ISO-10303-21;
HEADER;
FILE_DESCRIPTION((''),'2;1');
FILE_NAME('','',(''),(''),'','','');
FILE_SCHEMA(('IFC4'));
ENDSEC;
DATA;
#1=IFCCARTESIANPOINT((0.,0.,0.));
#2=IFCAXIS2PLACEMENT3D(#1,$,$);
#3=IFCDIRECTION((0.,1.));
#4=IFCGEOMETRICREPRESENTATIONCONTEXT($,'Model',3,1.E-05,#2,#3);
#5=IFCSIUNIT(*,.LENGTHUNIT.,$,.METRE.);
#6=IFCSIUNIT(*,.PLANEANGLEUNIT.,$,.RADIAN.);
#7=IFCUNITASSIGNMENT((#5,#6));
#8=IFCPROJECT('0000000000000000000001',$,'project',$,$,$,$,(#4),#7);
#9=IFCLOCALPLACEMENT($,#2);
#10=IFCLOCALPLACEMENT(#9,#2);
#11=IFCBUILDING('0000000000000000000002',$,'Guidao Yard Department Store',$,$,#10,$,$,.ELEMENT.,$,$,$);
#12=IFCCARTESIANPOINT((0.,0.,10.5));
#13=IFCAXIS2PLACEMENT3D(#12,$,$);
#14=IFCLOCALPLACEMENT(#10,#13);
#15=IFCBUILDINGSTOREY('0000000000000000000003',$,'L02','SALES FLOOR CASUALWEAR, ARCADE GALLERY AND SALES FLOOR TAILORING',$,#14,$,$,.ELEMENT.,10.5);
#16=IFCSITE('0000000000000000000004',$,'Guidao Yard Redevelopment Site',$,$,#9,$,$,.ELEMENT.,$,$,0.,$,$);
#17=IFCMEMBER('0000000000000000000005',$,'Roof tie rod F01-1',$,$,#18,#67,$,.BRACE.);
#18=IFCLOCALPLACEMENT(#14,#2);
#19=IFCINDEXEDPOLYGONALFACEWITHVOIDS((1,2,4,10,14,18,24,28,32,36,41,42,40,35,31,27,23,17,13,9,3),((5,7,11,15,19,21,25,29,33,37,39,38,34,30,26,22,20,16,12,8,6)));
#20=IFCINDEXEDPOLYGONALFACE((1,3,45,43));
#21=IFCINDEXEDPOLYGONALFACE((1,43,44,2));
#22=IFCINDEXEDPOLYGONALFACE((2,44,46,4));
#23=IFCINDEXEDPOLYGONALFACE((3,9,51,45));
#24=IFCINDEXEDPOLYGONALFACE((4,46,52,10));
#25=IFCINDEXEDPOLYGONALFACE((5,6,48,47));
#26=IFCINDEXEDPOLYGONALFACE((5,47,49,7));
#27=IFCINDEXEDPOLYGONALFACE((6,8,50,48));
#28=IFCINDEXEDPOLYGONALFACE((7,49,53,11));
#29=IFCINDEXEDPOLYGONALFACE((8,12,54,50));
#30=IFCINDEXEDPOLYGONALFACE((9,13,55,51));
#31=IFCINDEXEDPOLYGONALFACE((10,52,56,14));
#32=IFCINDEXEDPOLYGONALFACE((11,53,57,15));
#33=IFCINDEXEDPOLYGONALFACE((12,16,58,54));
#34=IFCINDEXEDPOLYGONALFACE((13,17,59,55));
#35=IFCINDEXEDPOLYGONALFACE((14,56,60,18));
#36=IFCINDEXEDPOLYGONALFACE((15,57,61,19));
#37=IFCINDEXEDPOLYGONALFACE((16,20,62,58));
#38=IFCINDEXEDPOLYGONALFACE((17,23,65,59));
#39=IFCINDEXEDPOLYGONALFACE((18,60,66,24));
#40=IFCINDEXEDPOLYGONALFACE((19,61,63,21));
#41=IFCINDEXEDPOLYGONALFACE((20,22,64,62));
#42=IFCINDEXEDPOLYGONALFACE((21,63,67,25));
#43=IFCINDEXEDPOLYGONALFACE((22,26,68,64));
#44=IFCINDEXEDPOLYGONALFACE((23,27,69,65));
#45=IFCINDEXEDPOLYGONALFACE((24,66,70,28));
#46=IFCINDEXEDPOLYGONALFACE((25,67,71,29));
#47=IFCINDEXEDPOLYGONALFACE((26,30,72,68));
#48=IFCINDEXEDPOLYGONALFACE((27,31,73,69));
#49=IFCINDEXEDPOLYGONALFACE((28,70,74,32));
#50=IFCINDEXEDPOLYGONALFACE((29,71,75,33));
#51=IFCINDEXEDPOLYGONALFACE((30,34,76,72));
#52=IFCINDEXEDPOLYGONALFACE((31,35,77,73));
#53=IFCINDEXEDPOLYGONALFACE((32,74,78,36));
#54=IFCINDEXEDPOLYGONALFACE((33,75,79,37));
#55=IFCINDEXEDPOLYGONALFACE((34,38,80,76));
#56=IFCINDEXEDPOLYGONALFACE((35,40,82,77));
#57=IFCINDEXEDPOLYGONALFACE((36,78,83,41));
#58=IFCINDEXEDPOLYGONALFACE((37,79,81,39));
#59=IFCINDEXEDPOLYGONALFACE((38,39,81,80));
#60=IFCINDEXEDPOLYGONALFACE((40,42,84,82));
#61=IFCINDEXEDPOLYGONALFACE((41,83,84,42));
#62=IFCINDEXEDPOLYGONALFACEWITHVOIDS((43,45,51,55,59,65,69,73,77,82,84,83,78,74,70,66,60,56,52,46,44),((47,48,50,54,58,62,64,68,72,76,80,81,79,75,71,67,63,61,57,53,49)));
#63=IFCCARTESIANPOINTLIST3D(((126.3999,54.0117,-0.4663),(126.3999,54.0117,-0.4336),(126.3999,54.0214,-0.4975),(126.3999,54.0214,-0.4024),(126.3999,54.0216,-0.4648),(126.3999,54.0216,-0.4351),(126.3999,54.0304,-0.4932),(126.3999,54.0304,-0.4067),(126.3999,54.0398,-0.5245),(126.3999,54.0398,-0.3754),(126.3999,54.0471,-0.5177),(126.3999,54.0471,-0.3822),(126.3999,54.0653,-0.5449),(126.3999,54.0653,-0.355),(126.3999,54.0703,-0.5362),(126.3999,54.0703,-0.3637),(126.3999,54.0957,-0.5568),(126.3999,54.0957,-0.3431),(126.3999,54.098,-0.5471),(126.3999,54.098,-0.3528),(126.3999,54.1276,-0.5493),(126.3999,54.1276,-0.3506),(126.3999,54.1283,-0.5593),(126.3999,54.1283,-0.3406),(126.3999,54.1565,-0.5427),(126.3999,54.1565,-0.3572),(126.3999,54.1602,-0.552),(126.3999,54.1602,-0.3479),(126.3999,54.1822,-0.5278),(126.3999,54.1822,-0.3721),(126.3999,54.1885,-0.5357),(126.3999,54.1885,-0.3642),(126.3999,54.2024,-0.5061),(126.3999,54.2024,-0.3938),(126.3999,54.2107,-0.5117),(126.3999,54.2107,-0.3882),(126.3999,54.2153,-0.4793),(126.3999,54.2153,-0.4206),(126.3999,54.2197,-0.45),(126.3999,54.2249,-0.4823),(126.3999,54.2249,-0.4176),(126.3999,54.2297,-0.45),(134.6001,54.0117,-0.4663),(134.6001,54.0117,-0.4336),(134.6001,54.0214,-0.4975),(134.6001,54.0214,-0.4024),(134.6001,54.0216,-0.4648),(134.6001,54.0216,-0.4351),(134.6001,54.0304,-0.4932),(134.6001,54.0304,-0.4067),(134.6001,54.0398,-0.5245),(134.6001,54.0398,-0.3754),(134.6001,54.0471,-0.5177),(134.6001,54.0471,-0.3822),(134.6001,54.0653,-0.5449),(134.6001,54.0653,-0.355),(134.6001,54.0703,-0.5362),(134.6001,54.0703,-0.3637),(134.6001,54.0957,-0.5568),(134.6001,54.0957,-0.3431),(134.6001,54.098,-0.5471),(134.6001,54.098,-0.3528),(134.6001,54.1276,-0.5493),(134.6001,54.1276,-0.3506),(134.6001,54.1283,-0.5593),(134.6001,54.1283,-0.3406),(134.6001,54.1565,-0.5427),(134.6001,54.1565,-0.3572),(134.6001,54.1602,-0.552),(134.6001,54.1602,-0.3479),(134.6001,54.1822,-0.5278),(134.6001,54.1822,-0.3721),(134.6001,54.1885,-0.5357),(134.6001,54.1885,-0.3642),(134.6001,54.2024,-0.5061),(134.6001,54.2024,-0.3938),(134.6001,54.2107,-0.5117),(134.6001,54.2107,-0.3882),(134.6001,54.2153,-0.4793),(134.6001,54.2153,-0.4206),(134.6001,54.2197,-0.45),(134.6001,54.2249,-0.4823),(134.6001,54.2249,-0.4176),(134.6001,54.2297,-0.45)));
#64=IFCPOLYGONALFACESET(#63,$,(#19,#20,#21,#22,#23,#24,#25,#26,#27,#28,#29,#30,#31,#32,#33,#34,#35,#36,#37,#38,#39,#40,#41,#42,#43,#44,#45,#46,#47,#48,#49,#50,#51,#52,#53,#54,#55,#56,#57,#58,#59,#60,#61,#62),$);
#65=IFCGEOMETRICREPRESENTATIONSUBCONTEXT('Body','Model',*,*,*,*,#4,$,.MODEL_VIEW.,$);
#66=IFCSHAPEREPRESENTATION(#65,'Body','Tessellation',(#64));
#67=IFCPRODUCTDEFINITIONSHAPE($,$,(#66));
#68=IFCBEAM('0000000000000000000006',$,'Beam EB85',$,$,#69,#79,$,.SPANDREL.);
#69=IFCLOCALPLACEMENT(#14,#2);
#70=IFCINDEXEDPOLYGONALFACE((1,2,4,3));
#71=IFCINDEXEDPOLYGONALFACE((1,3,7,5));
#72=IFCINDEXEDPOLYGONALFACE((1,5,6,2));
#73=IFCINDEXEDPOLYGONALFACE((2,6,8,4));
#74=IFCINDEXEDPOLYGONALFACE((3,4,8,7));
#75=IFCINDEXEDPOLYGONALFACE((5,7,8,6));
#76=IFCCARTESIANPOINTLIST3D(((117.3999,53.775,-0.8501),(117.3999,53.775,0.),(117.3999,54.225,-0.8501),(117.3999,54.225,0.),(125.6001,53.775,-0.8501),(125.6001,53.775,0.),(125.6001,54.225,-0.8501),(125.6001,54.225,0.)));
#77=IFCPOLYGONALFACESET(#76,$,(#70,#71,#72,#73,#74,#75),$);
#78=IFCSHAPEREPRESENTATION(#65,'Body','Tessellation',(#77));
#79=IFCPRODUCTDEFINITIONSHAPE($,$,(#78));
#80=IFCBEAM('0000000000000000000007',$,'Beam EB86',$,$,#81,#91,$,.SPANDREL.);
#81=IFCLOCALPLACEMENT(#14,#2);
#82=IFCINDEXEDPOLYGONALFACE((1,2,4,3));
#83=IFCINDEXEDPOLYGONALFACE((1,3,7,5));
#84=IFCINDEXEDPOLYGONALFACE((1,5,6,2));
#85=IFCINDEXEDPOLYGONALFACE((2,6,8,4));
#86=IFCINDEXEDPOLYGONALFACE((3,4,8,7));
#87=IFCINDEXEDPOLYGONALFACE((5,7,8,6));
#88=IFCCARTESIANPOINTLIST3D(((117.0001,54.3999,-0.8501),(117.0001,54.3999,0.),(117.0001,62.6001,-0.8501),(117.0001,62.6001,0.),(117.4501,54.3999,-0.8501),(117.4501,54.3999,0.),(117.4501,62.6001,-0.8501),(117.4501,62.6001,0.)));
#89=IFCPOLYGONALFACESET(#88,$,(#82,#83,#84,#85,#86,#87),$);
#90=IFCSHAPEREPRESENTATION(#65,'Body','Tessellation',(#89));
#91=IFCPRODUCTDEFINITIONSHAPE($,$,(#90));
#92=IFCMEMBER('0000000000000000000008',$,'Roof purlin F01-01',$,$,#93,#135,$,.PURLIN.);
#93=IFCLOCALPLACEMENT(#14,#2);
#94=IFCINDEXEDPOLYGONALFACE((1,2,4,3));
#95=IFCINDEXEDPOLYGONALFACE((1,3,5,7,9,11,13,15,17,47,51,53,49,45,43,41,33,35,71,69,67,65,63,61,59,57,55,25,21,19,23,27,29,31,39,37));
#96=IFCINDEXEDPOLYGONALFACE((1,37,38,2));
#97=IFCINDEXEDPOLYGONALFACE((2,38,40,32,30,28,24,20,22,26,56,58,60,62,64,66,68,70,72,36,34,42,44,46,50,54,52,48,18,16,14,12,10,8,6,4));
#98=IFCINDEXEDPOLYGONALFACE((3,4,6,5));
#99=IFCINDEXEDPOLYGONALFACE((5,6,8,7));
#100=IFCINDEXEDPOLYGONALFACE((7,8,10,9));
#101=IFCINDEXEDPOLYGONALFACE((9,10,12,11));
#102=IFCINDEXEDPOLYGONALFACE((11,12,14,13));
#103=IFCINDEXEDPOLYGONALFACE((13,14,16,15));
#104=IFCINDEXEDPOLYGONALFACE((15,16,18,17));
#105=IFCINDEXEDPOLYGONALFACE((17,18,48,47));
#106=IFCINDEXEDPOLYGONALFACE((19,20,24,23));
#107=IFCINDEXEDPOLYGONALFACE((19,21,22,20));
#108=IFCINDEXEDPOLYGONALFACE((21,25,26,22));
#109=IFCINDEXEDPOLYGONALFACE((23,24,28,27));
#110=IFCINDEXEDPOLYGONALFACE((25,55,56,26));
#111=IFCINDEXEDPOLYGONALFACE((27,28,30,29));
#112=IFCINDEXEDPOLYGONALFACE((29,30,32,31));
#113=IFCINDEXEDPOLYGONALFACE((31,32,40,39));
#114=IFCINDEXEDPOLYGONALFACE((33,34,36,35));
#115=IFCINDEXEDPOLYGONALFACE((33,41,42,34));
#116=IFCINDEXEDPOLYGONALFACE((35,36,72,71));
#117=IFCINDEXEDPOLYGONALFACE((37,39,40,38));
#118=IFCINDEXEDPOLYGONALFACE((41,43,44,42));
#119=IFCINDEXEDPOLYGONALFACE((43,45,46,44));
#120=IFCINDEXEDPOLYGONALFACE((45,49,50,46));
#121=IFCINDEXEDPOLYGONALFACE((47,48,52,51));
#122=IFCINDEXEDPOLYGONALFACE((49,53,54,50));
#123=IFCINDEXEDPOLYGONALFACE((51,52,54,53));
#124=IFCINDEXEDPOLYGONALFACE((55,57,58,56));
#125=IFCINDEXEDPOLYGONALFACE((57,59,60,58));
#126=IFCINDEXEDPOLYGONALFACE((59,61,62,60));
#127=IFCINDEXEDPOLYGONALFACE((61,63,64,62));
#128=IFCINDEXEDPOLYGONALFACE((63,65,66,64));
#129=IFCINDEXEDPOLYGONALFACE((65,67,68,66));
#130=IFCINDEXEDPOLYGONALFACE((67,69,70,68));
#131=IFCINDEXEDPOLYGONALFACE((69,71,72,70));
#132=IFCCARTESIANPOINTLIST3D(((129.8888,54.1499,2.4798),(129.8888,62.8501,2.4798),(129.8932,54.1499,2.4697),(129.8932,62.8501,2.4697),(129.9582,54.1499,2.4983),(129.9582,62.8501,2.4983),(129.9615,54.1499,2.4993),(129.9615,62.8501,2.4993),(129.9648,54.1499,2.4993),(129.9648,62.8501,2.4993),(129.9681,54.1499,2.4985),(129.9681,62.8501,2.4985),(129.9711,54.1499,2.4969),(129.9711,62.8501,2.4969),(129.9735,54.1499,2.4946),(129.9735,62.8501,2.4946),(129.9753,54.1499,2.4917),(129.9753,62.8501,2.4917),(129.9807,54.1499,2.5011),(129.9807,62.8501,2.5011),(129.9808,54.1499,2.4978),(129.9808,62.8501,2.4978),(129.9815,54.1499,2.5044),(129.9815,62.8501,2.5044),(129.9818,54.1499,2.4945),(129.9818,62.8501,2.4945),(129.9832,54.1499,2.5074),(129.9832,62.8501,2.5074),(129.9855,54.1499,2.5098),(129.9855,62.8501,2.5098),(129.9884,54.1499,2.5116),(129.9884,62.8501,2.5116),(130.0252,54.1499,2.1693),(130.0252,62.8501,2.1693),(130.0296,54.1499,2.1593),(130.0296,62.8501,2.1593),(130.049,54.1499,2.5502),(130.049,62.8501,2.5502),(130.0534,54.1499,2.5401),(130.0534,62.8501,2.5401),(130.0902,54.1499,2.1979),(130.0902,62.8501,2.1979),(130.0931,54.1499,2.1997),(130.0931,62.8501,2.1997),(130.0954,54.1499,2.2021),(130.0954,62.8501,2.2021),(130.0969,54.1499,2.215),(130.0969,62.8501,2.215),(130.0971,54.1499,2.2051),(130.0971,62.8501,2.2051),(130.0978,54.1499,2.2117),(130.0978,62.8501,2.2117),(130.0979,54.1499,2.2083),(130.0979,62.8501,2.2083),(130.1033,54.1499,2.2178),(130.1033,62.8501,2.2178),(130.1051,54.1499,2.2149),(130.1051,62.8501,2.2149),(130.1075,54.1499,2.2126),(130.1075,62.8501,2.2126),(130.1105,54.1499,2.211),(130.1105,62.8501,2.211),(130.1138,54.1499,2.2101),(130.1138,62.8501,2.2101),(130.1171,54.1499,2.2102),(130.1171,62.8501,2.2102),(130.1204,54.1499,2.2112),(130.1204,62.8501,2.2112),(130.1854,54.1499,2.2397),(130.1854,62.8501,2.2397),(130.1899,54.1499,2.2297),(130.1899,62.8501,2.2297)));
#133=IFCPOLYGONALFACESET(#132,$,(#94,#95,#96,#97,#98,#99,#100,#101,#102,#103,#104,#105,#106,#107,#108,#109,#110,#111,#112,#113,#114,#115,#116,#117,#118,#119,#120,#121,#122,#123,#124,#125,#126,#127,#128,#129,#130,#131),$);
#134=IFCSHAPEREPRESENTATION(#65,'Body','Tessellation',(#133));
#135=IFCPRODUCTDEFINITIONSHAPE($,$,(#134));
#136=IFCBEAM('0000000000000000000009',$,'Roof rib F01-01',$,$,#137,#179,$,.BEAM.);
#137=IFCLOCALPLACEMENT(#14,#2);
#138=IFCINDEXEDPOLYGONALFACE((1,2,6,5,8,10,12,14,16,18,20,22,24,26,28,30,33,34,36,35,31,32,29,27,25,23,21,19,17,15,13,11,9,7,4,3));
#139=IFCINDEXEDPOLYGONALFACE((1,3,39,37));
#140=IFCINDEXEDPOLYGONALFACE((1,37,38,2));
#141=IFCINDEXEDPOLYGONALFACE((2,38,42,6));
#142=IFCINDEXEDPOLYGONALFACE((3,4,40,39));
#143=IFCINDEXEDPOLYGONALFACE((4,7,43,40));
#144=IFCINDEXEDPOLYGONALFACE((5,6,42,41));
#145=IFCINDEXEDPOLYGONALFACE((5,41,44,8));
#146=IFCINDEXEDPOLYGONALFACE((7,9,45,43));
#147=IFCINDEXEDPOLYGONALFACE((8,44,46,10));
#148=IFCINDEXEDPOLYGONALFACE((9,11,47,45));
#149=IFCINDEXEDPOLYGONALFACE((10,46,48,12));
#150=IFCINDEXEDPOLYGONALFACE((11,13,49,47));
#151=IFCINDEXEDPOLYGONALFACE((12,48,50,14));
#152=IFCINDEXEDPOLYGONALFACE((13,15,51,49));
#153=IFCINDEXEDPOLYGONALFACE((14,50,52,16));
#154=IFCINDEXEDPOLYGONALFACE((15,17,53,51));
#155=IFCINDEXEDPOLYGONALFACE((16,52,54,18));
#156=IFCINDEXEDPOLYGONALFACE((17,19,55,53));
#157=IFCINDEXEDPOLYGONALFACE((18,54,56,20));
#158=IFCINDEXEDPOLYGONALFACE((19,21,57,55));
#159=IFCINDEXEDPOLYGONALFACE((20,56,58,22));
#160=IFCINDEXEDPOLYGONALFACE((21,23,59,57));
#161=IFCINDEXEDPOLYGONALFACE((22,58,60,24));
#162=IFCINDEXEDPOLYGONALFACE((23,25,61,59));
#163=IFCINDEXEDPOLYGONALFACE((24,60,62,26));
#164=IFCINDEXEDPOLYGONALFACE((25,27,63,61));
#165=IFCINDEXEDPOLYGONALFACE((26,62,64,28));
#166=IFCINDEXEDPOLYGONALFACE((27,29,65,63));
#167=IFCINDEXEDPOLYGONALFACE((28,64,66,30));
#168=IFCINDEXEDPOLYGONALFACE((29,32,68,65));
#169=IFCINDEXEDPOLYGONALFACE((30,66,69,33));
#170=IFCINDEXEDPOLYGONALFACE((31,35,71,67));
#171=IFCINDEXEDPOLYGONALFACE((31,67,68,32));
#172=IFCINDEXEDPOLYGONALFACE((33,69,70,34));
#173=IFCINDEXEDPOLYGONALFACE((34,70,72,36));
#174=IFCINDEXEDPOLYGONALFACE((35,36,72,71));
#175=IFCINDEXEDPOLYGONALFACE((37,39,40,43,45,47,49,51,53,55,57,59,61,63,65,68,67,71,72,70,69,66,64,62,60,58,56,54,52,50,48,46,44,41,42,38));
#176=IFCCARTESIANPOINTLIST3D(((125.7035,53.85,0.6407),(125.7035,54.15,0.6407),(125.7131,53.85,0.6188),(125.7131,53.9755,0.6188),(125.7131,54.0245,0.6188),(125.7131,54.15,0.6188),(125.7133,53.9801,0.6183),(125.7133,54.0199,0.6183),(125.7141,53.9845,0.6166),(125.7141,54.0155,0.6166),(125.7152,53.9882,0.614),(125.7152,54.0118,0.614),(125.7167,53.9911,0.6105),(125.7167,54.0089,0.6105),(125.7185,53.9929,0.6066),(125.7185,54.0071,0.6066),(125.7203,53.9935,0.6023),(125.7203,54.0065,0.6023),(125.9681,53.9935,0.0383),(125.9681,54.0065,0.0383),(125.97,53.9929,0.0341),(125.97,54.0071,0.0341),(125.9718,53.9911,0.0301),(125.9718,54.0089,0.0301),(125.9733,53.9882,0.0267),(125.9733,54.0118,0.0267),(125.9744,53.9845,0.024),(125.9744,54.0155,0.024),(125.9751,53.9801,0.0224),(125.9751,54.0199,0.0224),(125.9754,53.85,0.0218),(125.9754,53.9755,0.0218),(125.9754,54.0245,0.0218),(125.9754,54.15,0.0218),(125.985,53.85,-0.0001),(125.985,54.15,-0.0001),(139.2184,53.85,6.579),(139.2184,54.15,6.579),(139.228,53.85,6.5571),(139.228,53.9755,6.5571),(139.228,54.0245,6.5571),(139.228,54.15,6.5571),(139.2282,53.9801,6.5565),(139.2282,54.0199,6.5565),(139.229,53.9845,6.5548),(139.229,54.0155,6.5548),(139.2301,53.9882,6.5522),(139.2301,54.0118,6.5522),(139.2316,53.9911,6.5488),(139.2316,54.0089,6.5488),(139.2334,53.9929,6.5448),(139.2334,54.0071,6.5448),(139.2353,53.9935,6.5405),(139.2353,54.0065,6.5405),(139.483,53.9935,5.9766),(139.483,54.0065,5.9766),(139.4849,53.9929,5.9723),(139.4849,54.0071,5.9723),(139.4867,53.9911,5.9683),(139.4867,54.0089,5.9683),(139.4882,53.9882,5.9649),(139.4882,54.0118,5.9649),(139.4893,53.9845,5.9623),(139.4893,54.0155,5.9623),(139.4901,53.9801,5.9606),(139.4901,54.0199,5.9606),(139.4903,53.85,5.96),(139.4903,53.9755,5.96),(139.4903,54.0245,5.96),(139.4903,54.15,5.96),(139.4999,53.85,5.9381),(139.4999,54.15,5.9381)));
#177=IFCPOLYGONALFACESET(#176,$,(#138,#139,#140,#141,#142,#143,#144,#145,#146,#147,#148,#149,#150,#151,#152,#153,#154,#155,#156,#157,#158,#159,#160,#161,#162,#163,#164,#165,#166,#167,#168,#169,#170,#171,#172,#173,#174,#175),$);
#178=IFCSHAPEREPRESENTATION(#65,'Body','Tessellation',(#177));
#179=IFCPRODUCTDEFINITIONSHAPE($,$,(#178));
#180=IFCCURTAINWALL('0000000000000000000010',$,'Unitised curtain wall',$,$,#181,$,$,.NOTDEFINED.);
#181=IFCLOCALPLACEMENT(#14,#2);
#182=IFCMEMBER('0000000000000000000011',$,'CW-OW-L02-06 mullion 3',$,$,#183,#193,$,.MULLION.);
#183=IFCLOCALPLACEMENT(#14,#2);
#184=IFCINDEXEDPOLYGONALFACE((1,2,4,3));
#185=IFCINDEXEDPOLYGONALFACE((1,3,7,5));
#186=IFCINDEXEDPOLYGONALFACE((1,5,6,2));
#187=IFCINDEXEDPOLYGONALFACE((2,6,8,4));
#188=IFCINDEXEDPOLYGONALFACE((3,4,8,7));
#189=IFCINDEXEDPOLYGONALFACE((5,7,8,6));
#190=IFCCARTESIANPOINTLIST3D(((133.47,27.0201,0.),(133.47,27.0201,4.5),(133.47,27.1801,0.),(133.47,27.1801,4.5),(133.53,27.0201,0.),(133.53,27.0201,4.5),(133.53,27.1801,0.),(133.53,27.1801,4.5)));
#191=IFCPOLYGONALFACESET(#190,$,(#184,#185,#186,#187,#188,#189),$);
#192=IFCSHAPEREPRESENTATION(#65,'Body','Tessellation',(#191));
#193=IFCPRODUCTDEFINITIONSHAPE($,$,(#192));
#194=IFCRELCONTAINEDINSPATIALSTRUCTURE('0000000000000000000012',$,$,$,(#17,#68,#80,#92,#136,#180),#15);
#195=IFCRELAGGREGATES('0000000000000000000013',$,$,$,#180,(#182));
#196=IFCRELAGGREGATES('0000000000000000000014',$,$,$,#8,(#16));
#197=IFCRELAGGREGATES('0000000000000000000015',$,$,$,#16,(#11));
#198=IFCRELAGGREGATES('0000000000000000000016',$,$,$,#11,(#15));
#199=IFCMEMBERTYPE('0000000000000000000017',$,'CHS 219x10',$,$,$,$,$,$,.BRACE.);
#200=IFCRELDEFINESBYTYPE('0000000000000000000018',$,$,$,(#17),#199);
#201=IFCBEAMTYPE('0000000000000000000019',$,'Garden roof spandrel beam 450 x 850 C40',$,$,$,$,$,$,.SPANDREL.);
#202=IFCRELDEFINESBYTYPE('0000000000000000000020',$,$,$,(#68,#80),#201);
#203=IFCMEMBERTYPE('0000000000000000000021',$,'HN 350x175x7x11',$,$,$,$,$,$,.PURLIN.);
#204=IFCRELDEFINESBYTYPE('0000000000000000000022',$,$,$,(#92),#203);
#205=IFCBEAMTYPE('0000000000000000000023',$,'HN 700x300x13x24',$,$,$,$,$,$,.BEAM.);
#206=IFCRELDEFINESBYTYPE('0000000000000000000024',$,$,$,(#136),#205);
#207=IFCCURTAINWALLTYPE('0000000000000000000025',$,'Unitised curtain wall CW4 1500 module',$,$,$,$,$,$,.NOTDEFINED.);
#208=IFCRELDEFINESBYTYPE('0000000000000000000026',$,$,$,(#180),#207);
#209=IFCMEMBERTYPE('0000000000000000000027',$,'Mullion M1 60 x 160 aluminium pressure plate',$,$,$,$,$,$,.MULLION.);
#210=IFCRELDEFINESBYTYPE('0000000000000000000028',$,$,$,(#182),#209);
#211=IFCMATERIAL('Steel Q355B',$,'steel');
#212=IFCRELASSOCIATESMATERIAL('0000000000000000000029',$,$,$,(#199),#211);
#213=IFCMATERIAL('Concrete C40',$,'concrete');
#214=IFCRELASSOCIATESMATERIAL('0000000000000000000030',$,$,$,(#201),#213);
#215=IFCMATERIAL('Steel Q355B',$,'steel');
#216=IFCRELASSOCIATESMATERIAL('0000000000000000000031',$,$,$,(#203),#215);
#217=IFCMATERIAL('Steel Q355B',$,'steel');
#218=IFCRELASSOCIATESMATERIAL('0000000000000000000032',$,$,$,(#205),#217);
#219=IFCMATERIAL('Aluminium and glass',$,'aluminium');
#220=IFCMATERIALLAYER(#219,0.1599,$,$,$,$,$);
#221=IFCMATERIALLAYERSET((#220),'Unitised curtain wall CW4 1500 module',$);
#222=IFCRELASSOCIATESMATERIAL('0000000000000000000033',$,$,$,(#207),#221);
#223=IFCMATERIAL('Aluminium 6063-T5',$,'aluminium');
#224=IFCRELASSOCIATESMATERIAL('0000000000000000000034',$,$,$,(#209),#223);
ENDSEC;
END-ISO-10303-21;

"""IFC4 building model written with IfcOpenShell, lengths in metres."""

from ifc_helpers import new_model, si_unit, direction, frame, origin, origin_2d, place, context, subcontext, project, spatial, rectangle, hollow_circle, i_section, extrude, material, layer, layer_set, material_profile, profile_set, type_object, element, aggregate, save


model = new_model("IFC4")

# Units and contexts
model_context = context("Model", 3, precision=1e-05, world=origin(), true_north=direction((0.0, 1.0)))
body_context = subcontext(model_context, "Body", "Model", "MODEL_VIEW")
ifc_project = project(units=[si_unit("LENGTHUNIT", "METRE"), si_unit("PLANEANGLEUNIT", "RADIAN")], contexts=[model_context])

# Site, building, storey
site_placement = place(None, origin())
site = spatial("IfcSite", under=ifc_project, at=site_placement, Name="Guidao Yard Redevelopment Site", CompositionType="ELEMENT", RefElevation=0.0)
building_placement = place(site_placement, origin())
building = spatial("IfcBuilding", under=site, at=building_placement, Name="Guidao Yard Department Store", CompositionType="ELEMENT")
storey_placement = place(building_placement, frame((0.0, 0.0, 10.5)))
storey = spatial("IfcBuildingStorey", under=building, at=storey_placement, Name="L02", Description="SALES FLOOR CASUALWEAR, ARCADE GALLERY AND SALES FLOOR TAILORING", CompositionType="ELEMENT", Elevation=10.5)

# Member
ifc_material_1 = material(Name="Steel Q355B", Category="steel")
ifc_material_profile_1 = material_profile(ifc_material_1, hollow_circle(Radius=0.1096, WallThickness=0.01, at=origin_2d()), Name="CHS 219x10")
ifc_profile_set_1 = profile_set([ifc_material_profile_1], Name="Steel Q355B")
member_type_1 = type_object("IfcMemberType", Name="CHS 219x10", PredefinedType="BRACE", material=ifc_profile_set_1)
member_1_placement = place(storey_placement, frame((126.3999, 54.1201, -0.45), z_axis=(1.0, 0.0, 0.0), x_axis=(0.0, 1.0, 0.0)))
element("IfcMember", 1, at=member_1_placement, inside=storey, type_object=member_type_1, Name="Roof tie rod F01-1", PredefinedType="BRACE", context=body_context, shape_type="SweptSolid", body=[
    extrude(hollow_circle(Radius=0.1096, WallThickness=0.01, at=origin_2d()), origin(), (0.0, 0.0, 1.0), 8.2002),
])

# Beams
ifc_material_2 = material(Name="Concrete C40", Category="concrete")
ifc_material_profile_2 = material_profile(ifc_material_2, rectangle(XDim=0.45, YDim=0.8501, at=origin_2d()), Name="Garden roof spandrel beam 450 x 850 C40")
ifc_profile_set_2 = profile_set([ifc_material_profile_2], Name="Concrete C40")
beam_type_1 = type_object("IfcBeamType", Name="Garden roof spandrel beam 450 x 850 C40", PredefinedType="SPANDREL", material=ifc_profile_set_2)
for number, where, z_axis, x_axis, name in (
    (2, (117.3999, 54.0, -0.425), (1.0, 0.0, 0.0), (0.0, 1.0, 0.0), "Beam EB85"),
    (3, (117.2251, 54.3999, -0.425), (0.0, 1.0, 0.0), (-1.0, 0.0, 0.0), "Beam EB86"),
):
    element("IfcBeam", number, at=place(storey_placement, frame(where, z_axis=z_axis, x_axis=x_axis)), inside=storey, type_object=beam_type_1, Name=name, PredefinedType="SPANDREL", context=body_context, shape_type="SweptSolid", body=[
        extrude(rectangle(XDim=0.45, YDim=0.8501, at=origin_2d()), origin(), (0.0, 0.0, 1.0), 8.2002),
    ])

# Member
ifc_material_3 = material(Name="Steel Q355B", Category="steel")
ifc_material_profile_3 = material_profile(ifc_material_3, i_section(OverallWidth=0.175, OverallDepth=0.3501, WebThickness=0.0071, FlangeThickness=0.011, FilletRadius=0.0129, at=origin_2d()), Name="HN 350x175x7x11")
ifc_profile_set_3 = profile_set([ifc_material_profile_3], Name="Steel Q355B")
member_type_2 = type_object("IfcMemberType", Name="HN 350x175x7x11", PredefinedType="PURLIN", material=ifc_profile_set_3)
member_2_placement = place(storey_placement, frame((130.0393, 54.1499, 2.3547), z_axis=(0.0, 1.0, 0.0), x_axis=(-0.915526, 0.0, -0.402258)))
element("IfcMember", 4, at=member_2_placement, inside=storey, type_object=member_type_2, Name="Roof purlin F01-01", PredefinedType="PURLIN", context=body_context, shape_type="SweptSolid", body=[
    extrude(i_section(OverallWidth=0.175, OverallDepth=0.3501, WebThickness=0.0071, FlangeThickness=0.011, FilletRadius=0.0129, at=origin_2d()), origin(), (0.0, 0.0, 1.0), 8.7002),
])

# Beam
ifc_material_4 = material(Name="Steel Q355B", Category="steel")
ifc_material_profile_4 = material_profile(ifc_material_4, i_section(OverallWidth=0.3, OverallDepth=0.7, WebThickness=0.0129, FlangeThickness=0.0239, FilletRadius=0.0181, at=origin_2d()), Name="HN 700x300x13x24")
ifc_profile_set_4 = profile_set([ifc_material_profile_4], Name="Steel Q355B")
beam_type_2 = type_object("IfcBeamType", Name="HN 700x300x13x24", PredefinedType="BEAM", material=ifc_profile_set_4)
beam_1_placement = place(storey_placement, frame((125.8442, 54.0, 0.3203), z_axis=(0.915523, 0.0, 0.402266), x_axis=(0.0, 1.0, 0.0)))
element("IfcBeam", 5, at=beam_1_placement, inside=storey, type_object=beam_type_2, Name="Roof rib F01-01", PredefinedType="BEAM", context=body_context, shape_type="SweptSolid", body=[
    extrude(i_section(OverallWidth=0.3, OverallDepth=0.7, WebThickness=0.0129, FlangeThickness=0.0239, FilletRadius=0.0181, at=origin_2d()), origin(), (0.0, 0.0, 1.0), 14.762),
])

# Curtain wall, member
ifc_material_5 = material(Name="Aluminium and glass", Category="aluminium")
ifc_layer_1 = layer(ifc_material_5, 0.1599)
ifc_layer_set_1 = layer_set([ifc_layer_1], Name="Unitised curtain wall CW4 1500 module")
curtain_wall_type_1 = type_object("IfcCurtainWallType", Name="Unitised curtain wall CW4 1500 module", PredefinedType="NOTDEFINED", material=ifc_layer_set_1)
curtain_wall_1_placement = place(storey_placement, origin())
curtain_wall_1 = element("IfcCurtainWall", 6, at=curtain_wall_1_placement, inside=storey, type_object=curtain_wall_type_1, Name="Unitised curtain wall", PredefinedType="NOTDEFINED")
ifc_material_6 = material(Name="Aluminium 6063-T5", Category="aluminium")
ifc_material_profile_5 = material_profile(ifc_material_6, rectangle(XDim=0.0601, YDim=0.1599, at=origin_2d()), Name="Mullion M1 60 x 160 aluminium pressure plate")
ifc_profile_set_5 = profile_set([ifc_material_profile_5], Name="Aluminium 6063-T5")
member_type_3 = type_object("IfcMemberType", Name="Mullion M1 60 x 160 aluminium pressure plate", PredefinedType="MULLION", material=ifc_profile_set_5)
member_3_placement = place(storey_placement, frame((133.5, 27.1001, 0.0), z_axis=(0.0, 0.0, 1.0), x_axis=(1.0, 0.0, 0.0)))
member_3 = element("IfcMember", 7, at=member_3_placement, type_object=member_type_3, Name="CW-OW-L02-06 mullion 3", PredefinedType="MULLION", context=body_context, shape_type="SweptSolid", body=[
    extrude(rectangle(XDim=0.0601, YDim=0.1599, at=origin_2d()), origin(), (0.0, 0.0, 1.0), 4.5),
])
aggregate(curtain_wall_1, [member_3])

save(model, "model.ifc")
